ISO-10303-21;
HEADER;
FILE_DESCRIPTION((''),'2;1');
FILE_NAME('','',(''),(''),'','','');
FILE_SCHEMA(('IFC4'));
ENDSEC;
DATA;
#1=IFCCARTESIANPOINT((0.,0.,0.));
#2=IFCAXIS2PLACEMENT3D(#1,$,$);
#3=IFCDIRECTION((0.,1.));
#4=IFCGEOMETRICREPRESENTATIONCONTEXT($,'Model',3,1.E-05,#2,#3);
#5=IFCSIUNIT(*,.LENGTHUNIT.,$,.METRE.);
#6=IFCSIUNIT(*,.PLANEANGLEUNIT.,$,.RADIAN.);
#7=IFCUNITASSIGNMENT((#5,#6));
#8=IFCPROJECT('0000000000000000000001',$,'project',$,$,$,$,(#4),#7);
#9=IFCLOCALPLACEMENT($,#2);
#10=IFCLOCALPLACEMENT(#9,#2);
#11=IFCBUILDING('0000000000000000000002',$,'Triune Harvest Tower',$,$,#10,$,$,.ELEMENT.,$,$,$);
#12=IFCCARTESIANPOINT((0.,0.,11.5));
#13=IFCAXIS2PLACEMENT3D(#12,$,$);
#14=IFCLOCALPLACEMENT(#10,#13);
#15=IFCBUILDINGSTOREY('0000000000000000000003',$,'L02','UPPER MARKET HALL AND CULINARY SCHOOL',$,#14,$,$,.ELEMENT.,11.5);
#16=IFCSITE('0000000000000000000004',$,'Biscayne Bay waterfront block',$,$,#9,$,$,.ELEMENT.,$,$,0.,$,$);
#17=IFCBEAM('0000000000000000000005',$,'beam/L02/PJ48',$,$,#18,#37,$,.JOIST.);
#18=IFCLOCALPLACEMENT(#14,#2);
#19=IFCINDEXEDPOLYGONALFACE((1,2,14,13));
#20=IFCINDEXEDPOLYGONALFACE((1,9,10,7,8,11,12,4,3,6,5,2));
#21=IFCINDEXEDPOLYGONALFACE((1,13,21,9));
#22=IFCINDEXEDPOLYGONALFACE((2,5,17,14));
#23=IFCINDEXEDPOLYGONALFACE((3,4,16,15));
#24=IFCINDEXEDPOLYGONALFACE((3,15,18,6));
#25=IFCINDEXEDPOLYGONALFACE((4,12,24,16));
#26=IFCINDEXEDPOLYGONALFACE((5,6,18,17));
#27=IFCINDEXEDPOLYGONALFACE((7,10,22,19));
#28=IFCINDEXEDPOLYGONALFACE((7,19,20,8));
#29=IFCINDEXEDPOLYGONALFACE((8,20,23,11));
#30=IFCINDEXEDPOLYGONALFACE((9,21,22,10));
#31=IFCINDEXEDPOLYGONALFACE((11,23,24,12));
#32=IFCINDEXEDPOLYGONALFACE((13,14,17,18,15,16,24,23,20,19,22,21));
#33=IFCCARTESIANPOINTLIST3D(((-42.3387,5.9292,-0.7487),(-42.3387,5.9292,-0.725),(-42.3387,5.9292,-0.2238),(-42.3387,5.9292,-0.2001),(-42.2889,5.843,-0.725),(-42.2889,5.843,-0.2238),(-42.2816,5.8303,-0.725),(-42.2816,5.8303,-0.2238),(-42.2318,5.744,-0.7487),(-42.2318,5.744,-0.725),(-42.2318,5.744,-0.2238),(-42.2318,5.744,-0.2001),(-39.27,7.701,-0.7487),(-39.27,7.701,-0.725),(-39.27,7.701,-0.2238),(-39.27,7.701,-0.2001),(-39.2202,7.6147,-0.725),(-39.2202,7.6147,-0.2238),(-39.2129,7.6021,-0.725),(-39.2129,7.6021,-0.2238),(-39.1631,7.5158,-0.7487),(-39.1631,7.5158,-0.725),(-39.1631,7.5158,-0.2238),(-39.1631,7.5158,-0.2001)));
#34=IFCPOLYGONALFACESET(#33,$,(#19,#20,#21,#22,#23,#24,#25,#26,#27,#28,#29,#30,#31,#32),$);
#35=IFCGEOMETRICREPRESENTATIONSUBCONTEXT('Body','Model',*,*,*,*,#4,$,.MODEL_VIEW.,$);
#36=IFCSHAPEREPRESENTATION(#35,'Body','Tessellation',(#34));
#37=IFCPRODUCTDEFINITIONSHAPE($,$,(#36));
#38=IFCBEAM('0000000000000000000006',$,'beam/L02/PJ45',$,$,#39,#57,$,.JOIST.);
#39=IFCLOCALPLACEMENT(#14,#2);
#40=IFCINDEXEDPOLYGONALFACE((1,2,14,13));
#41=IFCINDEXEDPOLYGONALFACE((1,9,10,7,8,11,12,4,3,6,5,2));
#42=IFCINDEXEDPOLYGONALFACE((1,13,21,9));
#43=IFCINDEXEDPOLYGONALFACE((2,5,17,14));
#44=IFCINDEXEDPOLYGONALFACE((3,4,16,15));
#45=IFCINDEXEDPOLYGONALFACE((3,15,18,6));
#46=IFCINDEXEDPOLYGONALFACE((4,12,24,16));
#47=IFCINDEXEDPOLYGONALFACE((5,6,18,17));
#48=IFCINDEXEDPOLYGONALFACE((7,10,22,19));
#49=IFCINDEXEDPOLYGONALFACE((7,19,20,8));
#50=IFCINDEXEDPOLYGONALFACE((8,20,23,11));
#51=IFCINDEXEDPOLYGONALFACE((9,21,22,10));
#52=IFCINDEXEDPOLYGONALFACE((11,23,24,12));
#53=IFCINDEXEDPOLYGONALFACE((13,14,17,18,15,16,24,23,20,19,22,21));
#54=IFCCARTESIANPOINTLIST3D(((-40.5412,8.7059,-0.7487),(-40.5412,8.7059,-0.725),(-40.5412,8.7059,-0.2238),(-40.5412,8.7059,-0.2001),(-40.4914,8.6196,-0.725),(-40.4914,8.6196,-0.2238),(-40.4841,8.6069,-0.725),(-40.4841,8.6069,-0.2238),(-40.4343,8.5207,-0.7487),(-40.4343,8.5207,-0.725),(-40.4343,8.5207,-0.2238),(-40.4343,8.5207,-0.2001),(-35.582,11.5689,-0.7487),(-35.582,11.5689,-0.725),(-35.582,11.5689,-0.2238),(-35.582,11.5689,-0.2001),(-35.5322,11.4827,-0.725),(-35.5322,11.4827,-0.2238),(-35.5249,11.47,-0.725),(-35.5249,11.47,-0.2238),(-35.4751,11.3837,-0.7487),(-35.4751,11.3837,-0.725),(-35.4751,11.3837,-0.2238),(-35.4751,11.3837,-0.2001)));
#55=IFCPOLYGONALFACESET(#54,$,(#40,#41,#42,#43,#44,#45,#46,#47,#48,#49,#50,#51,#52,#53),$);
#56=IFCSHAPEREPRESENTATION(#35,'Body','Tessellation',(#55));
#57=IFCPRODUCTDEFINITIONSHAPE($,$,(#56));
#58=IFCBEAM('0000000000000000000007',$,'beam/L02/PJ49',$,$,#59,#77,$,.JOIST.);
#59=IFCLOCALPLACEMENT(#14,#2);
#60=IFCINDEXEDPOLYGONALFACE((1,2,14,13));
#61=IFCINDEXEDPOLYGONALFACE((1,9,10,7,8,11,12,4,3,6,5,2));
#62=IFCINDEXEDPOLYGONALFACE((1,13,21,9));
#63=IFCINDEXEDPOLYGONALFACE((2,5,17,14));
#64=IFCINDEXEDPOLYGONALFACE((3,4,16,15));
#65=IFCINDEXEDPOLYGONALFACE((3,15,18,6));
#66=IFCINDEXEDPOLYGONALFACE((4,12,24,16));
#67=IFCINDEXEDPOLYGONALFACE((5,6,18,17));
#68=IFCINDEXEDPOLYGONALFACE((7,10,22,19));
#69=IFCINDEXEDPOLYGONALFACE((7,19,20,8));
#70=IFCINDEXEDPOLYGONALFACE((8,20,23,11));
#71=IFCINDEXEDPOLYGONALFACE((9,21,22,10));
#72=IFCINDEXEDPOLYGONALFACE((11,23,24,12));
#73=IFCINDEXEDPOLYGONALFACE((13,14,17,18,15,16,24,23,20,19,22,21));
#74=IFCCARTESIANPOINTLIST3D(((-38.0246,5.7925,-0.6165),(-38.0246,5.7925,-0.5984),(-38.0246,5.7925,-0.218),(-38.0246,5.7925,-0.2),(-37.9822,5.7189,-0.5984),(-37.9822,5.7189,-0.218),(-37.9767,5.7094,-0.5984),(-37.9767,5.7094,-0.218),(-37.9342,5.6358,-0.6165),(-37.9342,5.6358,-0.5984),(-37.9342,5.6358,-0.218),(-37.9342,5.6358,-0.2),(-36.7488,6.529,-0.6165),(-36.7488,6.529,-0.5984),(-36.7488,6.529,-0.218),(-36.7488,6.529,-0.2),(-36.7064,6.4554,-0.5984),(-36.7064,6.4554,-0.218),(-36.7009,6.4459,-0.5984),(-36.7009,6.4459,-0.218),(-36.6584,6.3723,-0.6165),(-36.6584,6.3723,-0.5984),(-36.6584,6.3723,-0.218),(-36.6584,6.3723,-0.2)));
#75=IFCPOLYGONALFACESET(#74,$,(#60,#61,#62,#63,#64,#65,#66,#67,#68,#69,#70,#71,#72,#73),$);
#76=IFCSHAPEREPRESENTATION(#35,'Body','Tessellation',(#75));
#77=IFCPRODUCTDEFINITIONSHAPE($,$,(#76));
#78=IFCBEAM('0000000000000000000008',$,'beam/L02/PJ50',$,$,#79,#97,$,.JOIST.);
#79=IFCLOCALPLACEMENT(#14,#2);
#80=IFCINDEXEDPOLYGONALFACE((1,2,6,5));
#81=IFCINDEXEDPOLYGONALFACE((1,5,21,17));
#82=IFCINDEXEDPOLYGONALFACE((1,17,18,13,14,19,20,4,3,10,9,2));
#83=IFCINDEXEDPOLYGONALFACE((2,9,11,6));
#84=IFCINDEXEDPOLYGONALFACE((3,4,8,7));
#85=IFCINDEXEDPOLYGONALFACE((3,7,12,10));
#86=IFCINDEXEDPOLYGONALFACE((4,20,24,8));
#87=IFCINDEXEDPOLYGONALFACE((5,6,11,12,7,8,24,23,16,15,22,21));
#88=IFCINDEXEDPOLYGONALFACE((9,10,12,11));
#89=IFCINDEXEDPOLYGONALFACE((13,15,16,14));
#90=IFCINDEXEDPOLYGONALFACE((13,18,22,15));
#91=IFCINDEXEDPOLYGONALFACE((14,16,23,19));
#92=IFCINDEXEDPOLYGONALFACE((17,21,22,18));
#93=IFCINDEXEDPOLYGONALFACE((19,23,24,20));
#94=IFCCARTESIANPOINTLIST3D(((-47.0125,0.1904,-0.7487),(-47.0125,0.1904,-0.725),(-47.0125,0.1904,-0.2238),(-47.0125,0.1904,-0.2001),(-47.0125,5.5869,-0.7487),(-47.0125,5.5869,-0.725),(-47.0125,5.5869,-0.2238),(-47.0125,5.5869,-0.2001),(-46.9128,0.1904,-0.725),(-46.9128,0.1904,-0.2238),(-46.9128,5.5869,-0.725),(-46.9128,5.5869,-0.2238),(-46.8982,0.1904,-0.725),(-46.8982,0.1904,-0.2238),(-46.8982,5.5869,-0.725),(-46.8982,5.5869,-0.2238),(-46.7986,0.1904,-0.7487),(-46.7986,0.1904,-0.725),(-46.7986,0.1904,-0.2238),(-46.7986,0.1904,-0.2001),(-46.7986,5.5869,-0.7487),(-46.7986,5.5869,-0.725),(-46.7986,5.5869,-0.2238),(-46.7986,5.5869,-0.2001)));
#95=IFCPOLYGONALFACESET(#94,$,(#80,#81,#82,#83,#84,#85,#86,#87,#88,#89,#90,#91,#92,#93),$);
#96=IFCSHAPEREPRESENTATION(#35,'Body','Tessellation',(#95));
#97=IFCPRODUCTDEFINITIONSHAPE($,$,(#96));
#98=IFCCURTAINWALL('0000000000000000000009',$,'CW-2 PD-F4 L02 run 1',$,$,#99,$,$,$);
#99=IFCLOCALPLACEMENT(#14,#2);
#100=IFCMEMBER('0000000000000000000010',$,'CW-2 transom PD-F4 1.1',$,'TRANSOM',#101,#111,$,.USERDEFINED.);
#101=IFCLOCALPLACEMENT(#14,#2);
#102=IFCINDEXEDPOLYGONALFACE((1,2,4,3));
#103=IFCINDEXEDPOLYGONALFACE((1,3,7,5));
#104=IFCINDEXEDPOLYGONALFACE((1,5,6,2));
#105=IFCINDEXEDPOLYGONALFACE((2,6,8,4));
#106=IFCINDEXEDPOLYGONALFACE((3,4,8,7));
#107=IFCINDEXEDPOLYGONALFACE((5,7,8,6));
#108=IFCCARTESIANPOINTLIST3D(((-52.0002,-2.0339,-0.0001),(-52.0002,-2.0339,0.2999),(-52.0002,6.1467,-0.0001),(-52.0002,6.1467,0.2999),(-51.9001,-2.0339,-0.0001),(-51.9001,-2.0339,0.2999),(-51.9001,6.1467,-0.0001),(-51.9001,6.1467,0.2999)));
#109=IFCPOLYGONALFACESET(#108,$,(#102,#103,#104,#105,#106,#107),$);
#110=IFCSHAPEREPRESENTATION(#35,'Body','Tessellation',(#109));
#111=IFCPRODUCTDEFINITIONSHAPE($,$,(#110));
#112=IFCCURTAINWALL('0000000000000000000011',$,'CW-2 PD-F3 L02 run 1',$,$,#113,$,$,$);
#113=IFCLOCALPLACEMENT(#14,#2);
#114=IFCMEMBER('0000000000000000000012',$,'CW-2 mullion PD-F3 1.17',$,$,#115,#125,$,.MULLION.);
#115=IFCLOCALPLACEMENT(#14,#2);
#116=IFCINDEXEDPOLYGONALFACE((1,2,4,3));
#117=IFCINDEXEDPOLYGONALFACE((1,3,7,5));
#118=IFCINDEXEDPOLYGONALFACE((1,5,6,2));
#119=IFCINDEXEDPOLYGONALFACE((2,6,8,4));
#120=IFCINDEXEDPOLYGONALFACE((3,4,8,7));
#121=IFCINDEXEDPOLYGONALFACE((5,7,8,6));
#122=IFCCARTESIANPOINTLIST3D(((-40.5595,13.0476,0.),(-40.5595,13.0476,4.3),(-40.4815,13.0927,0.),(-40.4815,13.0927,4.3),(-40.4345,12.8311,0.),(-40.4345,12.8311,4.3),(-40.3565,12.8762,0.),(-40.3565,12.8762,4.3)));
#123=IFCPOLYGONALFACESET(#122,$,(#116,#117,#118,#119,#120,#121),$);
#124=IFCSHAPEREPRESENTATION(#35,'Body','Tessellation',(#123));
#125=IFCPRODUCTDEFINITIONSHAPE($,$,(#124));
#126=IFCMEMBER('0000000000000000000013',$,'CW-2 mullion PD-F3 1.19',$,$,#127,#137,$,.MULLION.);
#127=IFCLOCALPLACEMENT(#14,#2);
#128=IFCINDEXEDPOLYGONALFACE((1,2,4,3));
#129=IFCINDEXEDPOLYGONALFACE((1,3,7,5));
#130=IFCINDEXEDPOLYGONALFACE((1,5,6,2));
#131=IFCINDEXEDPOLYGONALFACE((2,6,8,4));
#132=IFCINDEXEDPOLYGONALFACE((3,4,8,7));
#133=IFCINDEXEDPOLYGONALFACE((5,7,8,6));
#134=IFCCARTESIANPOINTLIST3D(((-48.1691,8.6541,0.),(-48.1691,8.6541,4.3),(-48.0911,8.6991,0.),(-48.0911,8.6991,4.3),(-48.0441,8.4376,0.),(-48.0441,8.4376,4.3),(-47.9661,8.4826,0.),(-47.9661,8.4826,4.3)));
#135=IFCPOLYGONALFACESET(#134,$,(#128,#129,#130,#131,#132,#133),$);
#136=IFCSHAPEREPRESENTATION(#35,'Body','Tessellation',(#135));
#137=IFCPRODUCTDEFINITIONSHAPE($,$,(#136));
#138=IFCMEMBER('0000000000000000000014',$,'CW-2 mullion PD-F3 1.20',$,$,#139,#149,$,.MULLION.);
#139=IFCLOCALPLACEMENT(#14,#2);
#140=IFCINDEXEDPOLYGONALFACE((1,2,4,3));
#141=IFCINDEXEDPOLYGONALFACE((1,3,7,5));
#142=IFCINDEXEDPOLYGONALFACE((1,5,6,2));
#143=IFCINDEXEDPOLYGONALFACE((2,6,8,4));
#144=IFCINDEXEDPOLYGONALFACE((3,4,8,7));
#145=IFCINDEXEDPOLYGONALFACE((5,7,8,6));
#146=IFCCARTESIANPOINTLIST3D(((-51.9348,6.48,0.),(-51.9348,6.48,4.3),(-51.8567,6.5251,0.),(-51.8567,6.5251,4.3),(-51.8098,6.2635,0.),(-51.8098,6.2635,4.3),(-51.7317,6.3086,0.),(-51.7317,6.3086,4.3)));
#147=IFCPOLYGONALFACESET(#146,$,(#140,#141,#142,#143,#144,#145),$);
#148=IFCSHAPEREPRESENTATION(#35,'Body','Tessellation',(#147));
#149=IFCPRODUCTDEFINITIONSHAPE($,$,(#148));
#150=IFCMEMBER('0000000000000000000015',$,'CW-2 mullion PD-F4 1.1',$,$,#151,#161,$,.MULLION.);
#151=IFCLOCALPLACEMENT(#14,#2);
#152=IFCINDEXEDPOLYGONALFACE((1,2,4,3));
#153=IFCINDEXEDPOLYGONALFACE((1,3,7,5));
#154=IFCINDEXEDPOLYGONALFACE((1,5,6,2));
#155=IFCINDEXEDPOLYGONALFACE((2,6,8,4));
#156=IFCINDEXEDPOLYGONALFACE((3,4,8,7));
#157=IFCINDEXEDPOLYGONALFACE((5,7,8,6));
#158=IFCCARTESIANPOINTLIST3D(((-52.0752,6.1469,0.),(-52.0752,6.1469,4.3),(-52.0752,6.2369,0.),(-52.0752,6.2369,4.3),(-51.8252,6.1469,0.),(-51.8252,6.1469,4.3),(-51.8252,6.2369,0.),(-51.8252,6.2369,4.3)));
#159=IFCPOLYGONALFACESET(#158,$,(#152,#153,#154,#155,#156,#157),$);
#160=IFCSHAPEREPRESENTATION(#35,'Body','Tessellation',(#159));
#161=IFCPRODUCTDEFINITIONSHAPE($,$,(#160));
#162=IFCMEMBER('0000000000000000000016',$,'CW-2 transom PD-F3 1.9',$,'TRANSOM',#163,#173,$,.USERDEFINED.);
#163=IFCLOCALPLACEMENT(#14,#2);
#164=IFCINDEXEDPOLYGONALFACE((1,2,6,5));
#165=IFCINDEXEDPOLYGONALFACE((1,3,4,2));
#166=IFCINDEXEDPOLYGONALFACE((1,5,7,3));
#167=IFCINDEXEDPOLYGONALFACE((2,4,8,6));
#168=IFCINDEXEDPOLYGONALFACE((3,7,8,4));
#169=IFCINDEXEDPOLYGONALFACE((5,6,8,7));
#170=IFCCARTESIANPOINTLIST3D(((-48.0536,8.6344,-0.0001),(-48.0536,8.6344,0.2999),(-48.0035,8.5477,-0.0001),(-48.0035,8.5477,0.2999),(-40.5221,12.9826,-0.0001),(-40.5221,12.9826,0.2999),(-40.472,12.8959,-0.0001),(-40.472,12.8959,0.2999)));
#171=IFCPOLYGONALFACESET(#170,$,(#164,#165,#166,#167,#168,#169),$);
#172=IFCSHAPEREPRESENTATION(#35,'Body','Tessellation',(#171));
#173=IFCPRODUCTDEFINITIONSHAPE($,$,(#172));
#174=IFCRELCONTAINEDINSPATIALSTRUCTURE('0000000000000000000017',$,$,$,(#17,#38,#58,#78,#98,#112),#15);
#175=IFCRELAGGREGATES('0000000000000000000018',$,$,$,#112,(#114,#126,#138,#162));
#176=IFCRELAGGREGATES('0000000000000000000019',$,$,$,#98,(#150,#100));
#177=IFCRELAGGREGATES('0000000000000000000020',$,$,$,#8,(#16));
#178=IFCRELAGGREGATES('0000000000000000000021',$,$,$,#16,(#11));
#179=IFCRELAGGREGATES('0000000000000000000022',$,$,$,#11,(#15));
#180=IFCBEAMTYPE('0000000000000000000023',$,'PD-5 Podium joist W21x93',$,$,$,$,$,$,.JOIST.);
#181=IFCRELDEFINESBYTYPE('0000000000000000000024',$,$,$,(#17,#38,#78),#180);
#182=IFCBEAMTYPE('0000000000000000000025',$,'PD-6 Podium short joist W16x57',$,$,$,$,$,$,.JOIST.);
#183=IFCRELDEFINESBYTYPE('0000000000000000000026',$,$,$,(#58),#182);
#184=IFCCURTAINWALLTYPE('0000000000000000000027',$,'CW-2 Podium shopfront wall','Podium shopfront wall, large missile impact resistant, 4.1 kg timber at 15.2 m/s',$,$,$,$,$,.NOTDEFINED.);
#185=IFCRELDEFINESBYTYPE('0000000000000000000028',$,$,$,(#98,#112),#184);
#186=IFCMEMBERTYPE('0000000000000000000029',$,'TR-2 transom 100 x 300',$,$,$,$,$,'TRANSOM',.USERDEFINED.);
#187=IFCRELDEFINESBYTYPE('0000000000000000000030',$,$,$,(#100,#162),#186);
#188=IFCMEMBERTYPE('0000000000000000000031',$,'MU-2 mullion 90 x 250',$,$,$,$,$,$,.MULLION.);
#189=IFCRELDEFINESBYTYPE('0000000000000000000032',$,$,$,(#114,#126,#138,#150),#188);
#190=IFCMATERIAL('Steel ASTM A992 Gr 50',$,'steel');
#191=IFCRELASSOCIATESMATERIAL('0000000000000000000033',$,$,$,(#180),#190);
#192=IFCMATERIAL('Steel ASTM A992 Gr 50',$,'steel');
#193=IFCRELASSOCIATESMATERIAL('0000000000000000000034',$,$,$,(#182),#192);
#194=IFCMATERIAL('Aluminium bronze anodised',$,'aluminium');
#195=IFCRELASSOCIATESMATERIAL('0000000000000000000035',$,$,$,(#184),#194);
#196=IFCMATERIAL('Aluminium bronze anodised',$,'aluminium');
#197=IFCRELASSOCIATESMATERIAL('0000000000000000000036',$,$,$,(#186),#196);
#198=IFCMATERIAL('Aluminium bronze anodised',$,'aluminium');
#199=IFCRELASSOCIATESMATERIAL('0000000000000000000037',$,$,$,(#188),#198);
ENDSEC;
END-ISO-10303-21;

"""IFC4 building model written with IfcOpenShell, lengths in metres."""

from ifc_helpers import new_model, si_unit, direction, frame, origin, origin_2d, place, context, subcontext, project, spatial, rectangle, i_section, extrude, source, transform, mapped, material, material_profile, profile_set, type_object, element, aggregate, save


model = new_model("IFC4")

# Units and contexts
model_context = context("Model", 3, precision=1e-05, world=origin(), true_north=direction((0.0, 1.0)))
body_context = subcontext(model_context, "Body", "Model", "MODEL_VIEW")
ifc_project = project(units=[si_unit("LENGTHUNIT", "METRE"), si_unit("PLANEANGLEUNIT", "RADIAN")], contexts=[model_context])

# Site, building, storey
site_placement = place(None, origin())
site = spatial("IfcSite", under=ifc_project, at=site_placement, Name="Biscayne Bay waterfront block", CompositionType="ELEMENT", RefElevation=0.0)
building_placement = place(site_placement, origin())
building = spatial("IfcBuilding", under=site, at=building_placement, Name="Triune Harvest Tower", CompositionType="ELEMENT")
storey_placement = place(building_placement, frame((0.0, 0.0, 11.5)))
storey = spatial("IfcBuildingStorey", under=building, at=storey_placement, Name="L02", Description="UPPER MARKET HALL AND CULINARY SCHOOL", CompositionType="ELEMENT", Elevation=11.5)

# Beams
ifc_material_1 = material(Name="Steel ASTM A992 Gr 50", Category="steel")
ifc_material_profile_1 = material_profile(ifc_material_1, i_section(OverallWidth=0.2139, OverallDepth=0.5486, WebThickness=0.0146, FlangeThickness=0.0237, at=origin_2d()), Name="W21x93")
ifc_profile_set_1 = profile_set([ifc_material_profile_1], Name="Steel ASTM A992 Gr 50")
beam_type_1 = type_object("IfcBeamType", Name="PD-5 Podium joist W21x93", PredefinedType="JOIST", material=ifc_profile_set_1)
shared_shape_1 = source(origin(), body_context, "Body", "SweptSolid", [
    extrude(i_section(OverallWidth=0.2139, OverallDepth=0.5486, WebThickness=0.0146, FlangeThickness=0.0237, at=origin_2d()), origin(), (0.0, 0.0, 1.0), 3.5435),
])
beam_1_placement = place(storey_placement, frame((-39.2166, 7.6084, -0.4744), z_axis=(-0.866017, -0.500015, 0.0), x_axis=(0.500015, -0.866017, 0.0)))
element("IfcBeam", 1, at=beam_1_placement, inside=storey, type_object=beam_type_1, Name="beam/L02/PJ48", PredefinedType="JOIST", context=body_context, shape_type="MappedRepresentation", body=[
    mapped(shared_shape_1, transform((0.0, 0.0, 0.0), scale=1.0)),
])
shared_shape_2 = source(origin(), body_context, "Body", "SweptSolid", [
    extrude(i_section(OverallWidth=0.2139, OverallDepth=0.5486, WebThickness=0.0146, FlangeThickness=0.0237, at=origin_2d()), origin(), (0.0, 0.0, 1.0), 5.7263),
])
beam_2_placement = place(storey_placement, frame((-35.5286, 11.4763, -0.4744), z_axis=(-0.866039, -0.499977, 0.0), x_axis=(0.499977, -0.866039, 0.0)))
element("IfcBeam", 2, at=beam_2_placement, inside=storey, type_object=beam_type_1, Name="beam/L02/PJ45", PredefinedType="JOIST", context=body_context, shape_type="MappedRepresentation", body=[
    mapped(shared_shape_2, transform((0.0, 0.0, 0.0), scale=1.0)),
])
ifc_material_2 = material(Name="Steel ASTM A992 Gr 50", Category="steel")
ifc_material_profile_2 = material_profile(ifc_material_2, i_section(OverallWidth=0.1809, OverallDepth=0.4165, WebThickness=0.011, FlangeThickness=0.0181, at=origin_2d()), Name="W16x57")
ifc_profile_set_2 = profile_set([ifc_material_profile_2], Name="Steel ASTM A992 Gr 50")
beam_type_2 = type_object("IfcBeamType", Name="PD-6 Podium short joist W16x57", PredefinedType="JOIST", material=ifc_profile_set_2)
shared_shape_3 = source(origin(), body_context, "Body", "SweptSolid", [
    extrude(i_section(OverallWidth=0.1809, OverallDepth=0.4165, WebThickness=0.011, FlangeThickness=0.0181, at=origin_2d()), origin(), (0.0, 0.0, 1.0), 1.4731),
])
beam_3_placement = place(storey_placement, frame((-36.7036, 6.4507, -0.4082), z_axis=(-0.866042, -0.499971, 0.0), x_axis=(0.499971, -0.866042, 0.0)))
element("IfcBeam", 3, at=beam_3_placement, inside=storey, type_object=beam_type_2, Name="beam/L02/PJ49", PredefinedType="JOIST", context=body_context, shape_type="MappedRepresentation", body=[
    mapped(shared_shape_3, transform((0.0, 0.0, 0.0), scale=1.0)),
])
shared_shape_4 = source(origin(), body_context, "Body", "SweptSolid", [
    extrude(i_section(OverallWidth=0.2139, OverallDepth=0.5486, WebThickness=0.0146, FlangeThickness=0.0237, at=origin_2d()), origin(), (0.0, 0.0, 1.0), 5.3965),
])
beam_4_placement = place(storey_placement, frame((-46.9055, 5.5869, -0.4744), z_axis=(0.0, -1.0, 0.0), x_axis=(1.0, 0.0, 0.0)))
element("IfcBeam", 4, at=beam_4_placement, inside=storey, type_object=beam_type_1, Name="beam/L02/PJ50", PredefinedType="JOIST", context=body_context, shape_type="MappedRepresentation", body=[
    mapped(shared_shape_4, transform((0.0, 0.0, 0.0), scale=1.0)),
])

# Curtain wall, member
ifc_material_3 = material(Name="Aluminium bronze anodised", Category="aluminium")
curtain_wall_type = type_object("IfcCurtainWallType", Name="CW-2 Podium shopfront wall", Description="Podium shopfront wall, large missile impact resistant, 4.1 kg timber at 15.2 m/s", PredefinedType="NOTDEFINED", material=ifc_material_3)
curtain_wall_1_placement = place(storey_placement, origin())
curtain_wall_1 = element("IfcCurtainWall", 5, at=curtain_wall_1_placement, inside=storey, type_object=curtain_wall_type, Name="CW-2 PD-F4 L02 run 1")
ifc_material_4 = material(Name="Aluminium bronze anodised", Category="aluminium")
ifc_material_profile_3 = material_profile(ifc_material_4, rectangle(XDim=0.1001, YDim=0.3, at=origin_2d()), Name="TR-2 transom 100 x 300")
ifc_profile_set_3 = profile_set([ifc_material_profile_3], Name="Aluminium bronze anodised")
member_type_1 = type_object("IfcMemberType", Name="TR-2 transom 100 x 300", ElementType="TRANSOM", PredefinedType="USERDEFINED", material=ifc_profile_set_3)
shared_shape_5 = source(origin(), body_context, "Body", "SweptSolid", [
    extrude(rectangle(XDim=0.1001, YDim=0.3, at=origin_2d()), origin(), (0.0, 0.0, 1.0), 8.1807),
])
member_1_placement = place(storey_placement, frame((-51.9502, 6.1467, 0.1499), z_axis=(0.0, -1.0, 0.0), x_axis=(1.0, 0.0, 0.0)))
member_1 = element("IfcMember", 6, at=member_1_placement, type_object=member_type_1, Name="CW-2 transom PD-F4 1.1", ObjectType="TRANSOM", PredefinedType="USERDEFINED", context=body_context, shape_type="MappedRepresentation", body=[
    mapped(shared_shape_5, transform((0.0, 0.0, 0.0), scale=1.0)),
])

# Curtain wall, members
curtain_wall_2_placement = place(storey_placement, origin())
curtain_wall_2 = element("IfcCurtainWall", 7, at=curtain_wall_2_placement, inside=storey, type_object=curtain_wall_type, Name="CW-2 PD-F3 L02 run 1")
ifc_material_5 = material(Name="Aluminium bronze anodised", Category="aluminium")
ifc_material_profile_4 = material_profile(ifc_material_5, rectangle(XDim=0.25, YDim=0.0901, at=origin_2d()), Name="MU-2 mullion 90 x 250")
ifc_profile_set_4 = profile_set([ifc_material_profile_4], Name="Aluminium bronze anodised")
member_type_2 = type_object("IfcMemberType", Name="MU-2 mullion 90 x 250", PredefinedType="MULLION", material=ifc_profile_set_4)
shared_shape_6 = source(origin(), body_context, "Body", "SweptSolid", [
    extrude(rectangle(XDim=0.25, YDim=0.0901, at=origin_2d()), origin(), (0.0, 0.0, 1.0), 4.3),
])
member_2_placement = place(storey_placement, frame((-40.458, 12.9619, 0.0), z_axis=(0.0, 0.0, 1.0), x_axis=(0.5, -0.866025, 0.0)))
member_2 = element("IfcMember", 8, at=member_2_placement, type_object=member_type_2, Name="CW-2 mullion PD-F3 1.17", PredefinedType="MULLION", context=body_context, shape_type="MappedRepresentation", body=[
    mapped(shared_shape_6, transform((0.0, 0.0, 0.0), scale=1.0)),
])
member_3_placement = place(storey_placement, frame((-48.0676, 8.5684, 0.0), z_axis=(0.0, 0.0, 1.0), x_axis=(0.5, -0.866025, 0.0)))
member_3 = element("IfcMember", 9, at=member_3_placement, type_object=member_type_2, Name="CW-2 mullion PD-F3 1.19", PredefinedType="MULLION", context=body_context, shape_type="MappedRepresentation", body=[
    mapped(shared_shape_6, transform((0.0, 0.0, 0.0), scale=1.0)),
])
member_4_placement = place(storey_placement, frame((-51.8333, 6.3943, 0.0), z_axis=(0.0, 0.0, 1.0), x_axis=(0.5, -0.866025, 0.0)))
member_4 = element("IfcMember", 10, at=member_4_placement, type_object=member_type_2, Name="CW-2 mullion PD-F3 1.20", PredefinedType="MULLION", context=body_context, shape_type="MappedRepresentation", body=[
    mapped(shared_shape_6, transform((0.0, 0.0, 0.0), scale=1.0)),
])

# Members
member_5_placement = place(storey_placement, frame((-51.9502, 6.1919, 0.0), z_axis=(0.0, 0.0, 1.0), x_axis=(1.0, 0.0, 0.0)))
member_5 = element("IfcMember", 11, at=member_5_placement, type_object=member_type_2, Name="CW-2 mullion PD-F4 1.1", PredefinedType="MULLION", context=body_context, shape_type="MappedRepresentation", body=[
    mapped(shared_shape_6, transform((0.0, 0.0, 0.0), scale=1.0)),
])
shared_shape_7 = source(origin(), body_context, "Body", "SweptSolid", [
    extrude(rectangle(XDim=0.1001, YDim=0.3, at=origin_2d()), origin(), (0.0, 0.0, 1.0), 8.6965),
])
member_6_placement = place(storey_placement, frame((-40.4971, 12.9392, 0.1499), z_axis=(-0.866034, -0.499986, 0.0), x_axis=(0.499986, -0.866034, 0.0)))
member_6 = element("IfcMember", 12, at=member_6_placement, type_object=member_type_1, Name="CW-2 transom PD-F3 1.9", ObjectType="TRANSOM", PredefinedType="USERDEFINED", context=body_context, shape_type="MappedRepresentation", body=[
    mapped(shared_shape_7, transform((0.0, 0.0, 0.0), scale=1.0)),
])

aggregate(curtain_wall_2, [member_2, member_3, member_4, member_6])
aggregate(curtain_wall_1, [member_5, member_1])

save(model, "model.ifc")
